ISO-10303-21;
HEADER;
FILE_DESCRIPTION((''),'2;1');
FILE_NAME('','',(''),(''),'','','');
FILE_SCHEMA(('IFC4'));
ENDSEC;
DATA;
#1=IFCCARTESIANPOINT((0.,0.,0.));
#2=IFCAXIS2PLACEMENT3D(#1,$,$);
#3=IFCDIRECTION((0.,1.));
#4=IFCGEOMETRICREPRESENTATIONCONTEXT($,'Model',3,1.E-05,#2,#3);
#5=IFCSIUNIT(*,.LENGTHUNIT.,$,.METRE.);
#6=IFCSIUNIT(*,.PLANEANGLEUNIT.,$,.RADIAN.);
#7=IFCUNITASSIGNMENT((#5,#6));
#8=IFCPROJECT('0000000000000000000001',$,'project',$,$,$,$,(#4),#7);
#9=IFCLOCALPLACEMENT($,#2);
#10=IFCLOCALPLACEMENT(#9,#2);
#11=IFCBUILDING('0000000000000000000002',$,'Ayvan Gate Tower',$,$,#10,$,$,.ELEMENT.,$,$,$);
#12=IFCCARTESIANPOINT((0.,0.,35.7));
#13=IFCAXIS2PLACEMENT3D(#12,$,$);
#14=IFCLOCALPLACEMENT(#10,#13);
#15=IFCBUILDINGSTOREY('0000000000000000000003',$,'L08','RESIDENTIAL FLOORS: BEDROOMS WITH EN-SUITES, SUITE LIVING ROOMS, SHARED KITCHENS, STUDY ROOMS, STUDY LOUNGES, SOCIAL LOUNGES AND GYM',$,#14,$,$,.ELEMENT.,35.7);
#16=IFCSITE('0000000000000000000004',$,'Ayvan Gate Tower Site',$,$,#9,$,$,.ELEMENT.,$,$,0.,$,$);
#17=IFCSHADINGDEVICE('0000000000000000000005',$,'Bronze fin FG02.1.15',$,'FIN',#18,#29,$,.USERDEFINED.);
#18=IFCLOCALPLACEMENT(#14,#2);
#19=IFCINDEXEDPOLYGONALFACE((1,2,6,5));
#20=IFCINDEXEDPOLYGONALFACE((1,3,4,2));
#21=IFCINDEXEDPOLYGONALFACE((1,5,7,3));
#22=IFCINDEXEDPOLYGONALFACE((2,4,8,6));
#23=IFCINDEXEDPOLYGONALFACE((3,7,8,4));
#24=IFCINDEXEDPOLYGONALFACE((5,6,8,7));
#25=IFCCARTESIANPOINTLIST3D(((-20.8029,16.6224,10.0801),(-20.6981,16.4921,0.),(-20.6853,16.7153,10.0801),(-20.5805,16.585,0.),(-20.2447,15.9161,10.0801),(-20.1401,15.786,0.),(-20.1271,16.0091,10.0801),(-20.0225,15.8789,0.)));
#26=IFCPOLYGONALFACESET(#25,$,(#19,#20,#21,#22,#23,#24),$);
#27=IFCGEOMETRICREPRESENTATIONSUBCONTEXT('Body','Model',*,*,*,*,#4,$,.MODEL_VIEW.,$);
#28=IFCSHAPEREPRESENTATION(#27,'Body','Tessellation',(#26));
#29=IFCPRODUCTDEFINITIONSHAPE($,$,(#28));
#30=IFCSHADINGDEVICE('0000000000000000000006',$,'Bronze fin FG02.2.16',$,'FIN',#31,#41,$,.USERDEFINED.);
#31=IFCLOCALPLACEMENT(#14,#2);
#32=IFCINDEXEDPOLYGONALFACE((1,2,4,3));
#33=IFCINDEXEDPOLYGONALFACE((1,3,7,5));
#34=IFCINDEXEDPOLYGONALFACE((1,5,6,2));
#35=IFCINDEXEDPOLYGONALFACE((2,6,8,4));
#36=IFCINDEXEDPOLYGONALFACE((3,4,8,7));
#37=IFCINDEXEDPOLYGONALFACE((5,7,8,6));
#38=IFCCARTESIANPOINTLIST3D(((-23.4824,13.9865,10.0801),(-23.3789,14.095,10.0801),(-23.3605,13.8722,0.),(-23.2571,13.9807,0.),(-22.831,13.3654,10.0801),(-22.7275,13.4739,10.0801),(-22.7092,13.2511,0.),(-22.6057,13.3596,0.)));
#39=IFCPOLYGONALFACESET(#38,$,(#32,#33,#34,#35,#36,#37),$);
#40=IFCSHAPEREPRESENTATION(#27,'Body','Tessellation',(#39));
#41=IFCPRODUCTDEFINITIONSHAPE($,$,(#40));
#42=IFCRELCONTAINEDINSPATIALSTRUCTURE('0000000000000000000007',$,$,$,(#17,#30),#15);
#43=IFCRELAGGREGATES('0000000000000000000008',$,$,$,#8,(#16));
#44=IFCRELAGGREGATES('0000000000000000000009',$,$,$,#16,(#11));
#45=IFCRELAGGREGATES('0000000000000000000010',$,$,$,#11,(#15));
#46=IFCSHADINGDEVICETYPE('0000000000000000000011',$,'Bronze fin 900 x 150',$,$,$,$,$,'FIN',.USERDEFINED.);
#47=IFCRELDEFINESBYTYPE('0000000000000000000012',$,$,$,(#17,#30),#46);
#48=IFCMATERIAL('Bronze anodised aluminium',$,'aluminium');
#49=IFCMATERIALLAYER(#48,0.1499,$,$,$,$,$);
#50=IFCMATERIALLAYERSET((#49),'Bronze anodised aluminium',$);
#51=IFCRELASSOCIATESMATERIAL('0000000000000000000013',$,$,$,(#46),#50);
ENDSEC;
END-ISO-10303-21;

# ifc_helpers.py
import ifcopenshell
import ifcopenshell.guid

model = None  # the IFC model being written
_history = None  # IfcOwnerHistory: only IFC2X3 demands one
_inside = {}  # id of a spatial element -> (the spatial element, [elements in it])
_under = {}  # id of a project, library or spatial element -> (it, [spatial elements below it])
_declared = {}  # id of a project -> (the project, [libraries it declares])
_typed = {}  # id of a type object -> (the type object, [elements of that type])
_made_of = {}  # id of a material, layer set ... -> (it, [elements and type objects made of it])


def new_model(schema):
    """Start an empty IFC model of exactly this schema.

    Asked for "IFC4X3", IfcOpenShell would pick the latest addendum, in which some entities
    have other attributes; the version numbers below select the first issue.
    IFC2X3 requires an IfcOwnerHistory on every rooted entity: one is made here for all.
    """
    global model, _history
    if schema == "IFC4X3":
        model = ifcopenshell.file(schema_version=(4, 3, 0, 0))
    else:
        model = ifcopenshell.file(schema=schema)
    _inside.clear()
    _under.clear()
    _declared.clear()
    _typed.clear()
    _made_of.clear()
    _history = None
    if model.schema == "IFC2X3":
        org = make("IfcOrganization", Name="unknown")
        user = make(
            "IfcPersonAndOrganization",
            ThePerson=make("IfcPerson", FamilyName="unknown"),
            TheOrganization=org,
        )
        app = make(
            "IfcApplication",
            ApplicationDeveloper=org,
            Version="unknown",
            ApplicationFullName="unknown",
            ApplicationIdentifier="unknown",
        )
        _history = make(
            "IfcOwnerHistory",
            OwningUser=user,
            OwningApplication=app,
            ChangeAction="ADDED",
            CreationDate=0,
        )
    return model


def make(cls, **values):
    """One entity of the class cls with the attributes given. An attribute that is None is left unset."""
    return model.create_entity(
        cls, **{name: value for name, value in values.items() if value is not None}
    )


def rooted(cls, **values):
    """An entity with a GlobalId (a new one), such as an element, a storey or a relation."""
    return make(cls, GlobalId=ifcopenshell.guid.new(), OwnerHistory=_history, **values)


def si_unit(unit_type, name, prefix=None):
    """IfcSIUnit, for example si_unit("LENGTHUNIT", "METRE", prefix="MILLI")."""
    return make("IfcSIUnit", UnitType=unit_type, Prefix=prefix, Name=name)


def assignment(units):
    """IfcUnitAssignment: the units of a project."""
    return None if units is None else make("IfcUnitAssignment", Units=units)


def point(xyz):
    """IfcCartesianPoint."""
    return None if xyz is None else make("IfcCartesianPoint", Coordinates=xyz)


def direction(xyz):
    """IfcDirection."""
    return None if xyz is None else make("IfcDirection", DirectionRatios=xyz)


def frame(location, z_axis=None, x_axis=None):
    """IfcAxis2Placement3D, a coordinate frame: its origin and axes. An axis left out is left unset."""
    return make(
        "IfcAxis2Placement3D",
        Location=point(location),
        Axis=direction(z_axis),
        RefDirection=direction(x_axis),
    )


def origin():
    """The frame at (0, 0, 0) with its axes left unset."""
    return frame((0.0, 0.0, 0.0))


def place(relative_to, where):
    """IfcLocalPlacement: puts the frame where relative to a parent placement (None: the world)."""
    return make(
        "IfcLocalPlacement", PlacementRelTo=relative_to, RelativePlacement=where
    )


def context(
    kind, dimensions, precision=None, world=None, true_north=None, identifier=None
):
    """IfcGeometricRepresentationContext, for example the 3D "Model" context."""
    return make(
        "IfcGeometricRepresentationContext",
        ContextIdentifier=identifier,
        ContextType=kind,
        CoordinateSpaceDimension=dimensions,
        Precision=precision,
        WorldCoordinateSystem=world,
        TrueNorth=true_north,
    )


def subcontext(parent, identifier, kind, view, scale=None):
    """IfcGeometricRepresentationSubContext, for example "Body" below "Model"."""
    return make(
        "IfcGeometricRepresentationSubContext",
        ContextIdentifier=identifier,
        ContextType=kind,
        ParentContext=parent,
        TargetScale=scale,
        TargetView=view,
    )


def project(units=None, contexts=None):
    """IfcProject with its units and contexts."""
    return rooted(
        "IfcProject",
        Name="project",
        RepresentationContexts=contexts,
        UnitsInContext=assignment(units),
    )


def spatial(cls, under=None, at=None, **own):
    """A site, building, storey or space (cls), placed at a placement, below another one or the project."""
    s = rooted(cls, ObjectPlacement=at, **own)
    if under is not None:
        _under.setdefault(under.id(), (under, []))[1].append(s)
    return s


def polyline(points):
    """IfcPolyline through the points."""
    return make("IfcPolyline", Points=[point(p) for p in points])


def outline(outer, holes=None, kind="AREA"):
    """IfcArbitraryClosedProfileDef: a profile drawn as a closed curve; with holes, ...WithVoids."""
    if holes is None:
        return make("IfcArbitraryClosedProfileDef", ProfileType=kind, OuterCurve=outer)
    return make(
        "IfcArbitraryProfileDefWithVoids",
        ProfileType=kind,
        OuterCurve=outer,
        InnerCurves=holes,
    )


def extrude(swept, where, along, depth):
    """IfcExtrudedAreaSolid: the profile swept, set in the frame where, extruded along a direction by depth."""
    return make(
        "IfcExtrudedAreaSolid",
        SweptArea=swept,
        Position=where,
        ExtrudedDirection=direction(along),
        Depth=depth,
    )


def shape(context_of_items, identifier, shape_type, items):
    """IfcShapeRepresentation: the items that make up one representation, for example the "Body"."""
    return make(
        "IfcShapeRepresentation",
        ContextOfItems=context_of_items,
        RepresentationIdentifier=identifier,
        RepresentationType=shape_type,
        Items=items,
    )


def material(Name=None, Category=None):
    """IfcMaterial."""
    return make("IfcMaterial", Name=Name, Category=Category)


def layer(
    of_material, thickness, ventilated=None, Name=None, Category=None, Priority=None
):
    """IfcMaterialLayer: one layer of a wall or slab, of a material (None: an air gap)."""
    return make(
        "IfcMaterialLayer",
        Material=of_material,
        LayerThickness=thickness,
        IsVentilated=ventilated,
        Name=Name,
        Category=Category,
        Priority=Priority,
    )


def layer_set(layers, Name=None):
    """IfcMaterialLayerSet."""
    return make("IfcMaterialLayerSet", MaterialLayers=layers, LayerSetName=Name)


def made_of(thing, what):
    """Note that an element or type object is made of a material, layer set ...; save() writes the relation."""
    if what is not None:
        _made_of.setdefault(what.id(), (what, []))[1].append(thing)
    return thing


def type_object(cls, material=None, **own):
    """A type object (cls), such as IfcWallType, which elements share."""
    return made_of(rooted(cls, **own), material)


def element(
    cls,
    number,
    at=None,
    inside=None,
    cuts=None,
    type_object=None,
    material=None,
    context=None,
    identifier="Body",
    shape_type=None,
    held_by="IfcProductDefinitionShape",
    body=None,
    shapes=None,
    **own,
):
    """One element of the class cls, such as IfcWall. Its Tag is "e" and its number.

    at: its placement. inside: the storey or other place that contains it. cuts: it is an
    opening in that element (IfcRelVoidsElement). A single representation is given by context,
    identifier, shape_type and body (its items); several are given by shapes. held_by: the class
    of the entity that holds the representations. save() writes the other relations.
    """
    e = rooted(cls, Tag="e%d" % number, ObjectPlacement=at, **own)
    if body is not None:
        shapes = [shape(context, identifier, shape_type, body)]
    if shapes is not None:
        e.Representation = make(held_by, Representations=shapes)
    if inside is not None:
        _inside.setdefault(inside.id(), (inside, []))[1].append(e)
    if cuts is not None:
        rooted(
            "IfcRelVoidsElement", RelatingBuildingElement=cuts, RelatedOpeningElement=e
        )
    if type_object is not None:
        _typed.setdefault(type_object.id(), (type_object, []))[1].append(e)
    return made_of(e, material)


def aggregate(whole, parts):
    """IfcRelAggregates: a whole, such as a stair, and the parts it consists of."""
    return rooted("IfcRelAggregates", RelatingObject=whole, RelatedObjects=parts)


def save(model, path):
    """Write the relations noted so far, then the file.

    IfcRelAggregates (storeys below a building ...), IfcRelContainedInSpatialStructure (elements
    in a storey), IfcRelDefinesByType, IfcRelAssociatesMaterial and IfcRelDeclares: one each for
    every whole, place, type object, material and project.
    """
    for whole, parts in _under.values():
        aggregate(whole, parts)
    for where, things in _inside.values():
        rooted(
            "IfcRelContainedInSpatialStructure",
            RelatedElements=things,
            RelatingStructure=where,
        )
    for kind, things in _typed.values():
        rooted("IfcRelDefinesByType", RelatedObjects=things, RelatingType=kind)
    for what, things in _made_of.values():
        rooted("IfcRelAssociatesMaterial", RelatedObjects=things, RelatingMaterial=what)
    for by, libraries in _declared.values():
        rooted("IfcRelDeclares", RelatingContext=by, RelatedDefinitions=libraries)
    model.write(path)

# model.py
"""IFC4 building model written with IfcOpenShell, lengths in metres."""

from ifc_helpers import new_model, si_unit, direction, frame, origin, place, context, subcontext, project, spatial, polyline, outline, extrude, material, layer, layer_set, type_object, element, save


model = new_model("IFC4")

# Units and contexts
model_context = context("Model", 3, precision=1e-05, world=origin(), true_north=direction((0.0, 1.0)))
body_context = subcontext(model_context, "Body", "Model", "MODEL_VIEW")
ifc_project = project(units=[si_unit("LENGTHUNIT", "METRE"), si_unit("PLANEANGLEUNIT", "RADIAN")], contexts=[model_context])

# Site, building, storey
site_placement = place(None, origin())
site = spatial("IfcSite", under=ifc_project, at=site_placement, Name="Ayvan Gate Tower Site", CompositionType="ELEMENT", RefElevation=0.0)
building_placement = place(site_placement, origin())
building = spatial("IfcBuilding", under=site, at=building_placement, Name="Ayvan Gate Tower", CompositionType="ELEMENT")
storey_placement = place(building_placement, frame((0.0, 0.0, 35.7)))
storey = spatial("IfcBuildingStorey", under=building, at=storey_placement, Name="L08", Description="RESIDENTIAL FLOORS: BEDROOMS WITH EN-SUITES, SUITE LIVING ROOMS, SHARED KITCHENS, STUDY ROOMS, STUDY LOUNGES, SOCIAL LOUNGES AND GYM", CompositionType="ELEMENT", Elevation=35.7)

# Shared definitions
ifc_material_1 = material(Name="Bronze anodised aluminium", Category="aluminium")

# Shading devices
ifc_layer_1 = layer(ifc_material_1, 0.1499)
ifc_layer_set_1 = layer_set([ifc_layer_1], Name="Bronze anodised aluminium")
shading_device_type = type_object("IfcShadingDeviceType", Name="Bronze fin 900 x 150", ElementType="FIN", PredefinedType="USERDEFINED", material=ifc_layer_set_1)
shading_device_1_placement = place(storey_placement, frame((-20.0225, 15.8789, 0.0), z_axis=(0.78456, 0.620053, 0.00014), x_axis=(-0.620053, 0.78456, 0.0)))
element("IfcShadingDevice", 1, at=shading_device_1_placement, inside=storey, type_object=shading_device_type, Name="Bronze fin FG02.1.15", ObjectType="FIN", PredefinedType="USERDEFINED", context=body_context, shape_type="SweptSolid", body=[
    extrude(outline(polyline([(0.0, 0.0), (0.9, 0.0), (1.0672, 10.0801), (0.167, 10.0801), (0.0, 0.0)])), origin(), (0.0, 0.0, -1.0), 0.1499),
])
shading_device_2_placement = place(storey_placement, frame((-22.6057, 13.3596, 0.0), z_axis=(0.690089, 0.723725, 0.000137), x_axis=(-0.723725, 0.690089, 0.0)))
element("IfcShadingDevice", 2, at=shading_device_2_placement, inside=storey, type_object=shading_device_type, Name="Bronze fin FG02.2.16", ObjectType="FIN", PredefinedType="USERDEFINED", context=body_context, shape_type="SweptSolid", body=[
    extrude(outline(polyline([(0.0, 0.0), (0.9, 0.0), (1.067, 10.0801), (0.167, 10.0801), (0.0, 0.0)])), origin(), (0.0, 0.0, -1.0), 0.1499),
])

save(model, "model.ifc")
